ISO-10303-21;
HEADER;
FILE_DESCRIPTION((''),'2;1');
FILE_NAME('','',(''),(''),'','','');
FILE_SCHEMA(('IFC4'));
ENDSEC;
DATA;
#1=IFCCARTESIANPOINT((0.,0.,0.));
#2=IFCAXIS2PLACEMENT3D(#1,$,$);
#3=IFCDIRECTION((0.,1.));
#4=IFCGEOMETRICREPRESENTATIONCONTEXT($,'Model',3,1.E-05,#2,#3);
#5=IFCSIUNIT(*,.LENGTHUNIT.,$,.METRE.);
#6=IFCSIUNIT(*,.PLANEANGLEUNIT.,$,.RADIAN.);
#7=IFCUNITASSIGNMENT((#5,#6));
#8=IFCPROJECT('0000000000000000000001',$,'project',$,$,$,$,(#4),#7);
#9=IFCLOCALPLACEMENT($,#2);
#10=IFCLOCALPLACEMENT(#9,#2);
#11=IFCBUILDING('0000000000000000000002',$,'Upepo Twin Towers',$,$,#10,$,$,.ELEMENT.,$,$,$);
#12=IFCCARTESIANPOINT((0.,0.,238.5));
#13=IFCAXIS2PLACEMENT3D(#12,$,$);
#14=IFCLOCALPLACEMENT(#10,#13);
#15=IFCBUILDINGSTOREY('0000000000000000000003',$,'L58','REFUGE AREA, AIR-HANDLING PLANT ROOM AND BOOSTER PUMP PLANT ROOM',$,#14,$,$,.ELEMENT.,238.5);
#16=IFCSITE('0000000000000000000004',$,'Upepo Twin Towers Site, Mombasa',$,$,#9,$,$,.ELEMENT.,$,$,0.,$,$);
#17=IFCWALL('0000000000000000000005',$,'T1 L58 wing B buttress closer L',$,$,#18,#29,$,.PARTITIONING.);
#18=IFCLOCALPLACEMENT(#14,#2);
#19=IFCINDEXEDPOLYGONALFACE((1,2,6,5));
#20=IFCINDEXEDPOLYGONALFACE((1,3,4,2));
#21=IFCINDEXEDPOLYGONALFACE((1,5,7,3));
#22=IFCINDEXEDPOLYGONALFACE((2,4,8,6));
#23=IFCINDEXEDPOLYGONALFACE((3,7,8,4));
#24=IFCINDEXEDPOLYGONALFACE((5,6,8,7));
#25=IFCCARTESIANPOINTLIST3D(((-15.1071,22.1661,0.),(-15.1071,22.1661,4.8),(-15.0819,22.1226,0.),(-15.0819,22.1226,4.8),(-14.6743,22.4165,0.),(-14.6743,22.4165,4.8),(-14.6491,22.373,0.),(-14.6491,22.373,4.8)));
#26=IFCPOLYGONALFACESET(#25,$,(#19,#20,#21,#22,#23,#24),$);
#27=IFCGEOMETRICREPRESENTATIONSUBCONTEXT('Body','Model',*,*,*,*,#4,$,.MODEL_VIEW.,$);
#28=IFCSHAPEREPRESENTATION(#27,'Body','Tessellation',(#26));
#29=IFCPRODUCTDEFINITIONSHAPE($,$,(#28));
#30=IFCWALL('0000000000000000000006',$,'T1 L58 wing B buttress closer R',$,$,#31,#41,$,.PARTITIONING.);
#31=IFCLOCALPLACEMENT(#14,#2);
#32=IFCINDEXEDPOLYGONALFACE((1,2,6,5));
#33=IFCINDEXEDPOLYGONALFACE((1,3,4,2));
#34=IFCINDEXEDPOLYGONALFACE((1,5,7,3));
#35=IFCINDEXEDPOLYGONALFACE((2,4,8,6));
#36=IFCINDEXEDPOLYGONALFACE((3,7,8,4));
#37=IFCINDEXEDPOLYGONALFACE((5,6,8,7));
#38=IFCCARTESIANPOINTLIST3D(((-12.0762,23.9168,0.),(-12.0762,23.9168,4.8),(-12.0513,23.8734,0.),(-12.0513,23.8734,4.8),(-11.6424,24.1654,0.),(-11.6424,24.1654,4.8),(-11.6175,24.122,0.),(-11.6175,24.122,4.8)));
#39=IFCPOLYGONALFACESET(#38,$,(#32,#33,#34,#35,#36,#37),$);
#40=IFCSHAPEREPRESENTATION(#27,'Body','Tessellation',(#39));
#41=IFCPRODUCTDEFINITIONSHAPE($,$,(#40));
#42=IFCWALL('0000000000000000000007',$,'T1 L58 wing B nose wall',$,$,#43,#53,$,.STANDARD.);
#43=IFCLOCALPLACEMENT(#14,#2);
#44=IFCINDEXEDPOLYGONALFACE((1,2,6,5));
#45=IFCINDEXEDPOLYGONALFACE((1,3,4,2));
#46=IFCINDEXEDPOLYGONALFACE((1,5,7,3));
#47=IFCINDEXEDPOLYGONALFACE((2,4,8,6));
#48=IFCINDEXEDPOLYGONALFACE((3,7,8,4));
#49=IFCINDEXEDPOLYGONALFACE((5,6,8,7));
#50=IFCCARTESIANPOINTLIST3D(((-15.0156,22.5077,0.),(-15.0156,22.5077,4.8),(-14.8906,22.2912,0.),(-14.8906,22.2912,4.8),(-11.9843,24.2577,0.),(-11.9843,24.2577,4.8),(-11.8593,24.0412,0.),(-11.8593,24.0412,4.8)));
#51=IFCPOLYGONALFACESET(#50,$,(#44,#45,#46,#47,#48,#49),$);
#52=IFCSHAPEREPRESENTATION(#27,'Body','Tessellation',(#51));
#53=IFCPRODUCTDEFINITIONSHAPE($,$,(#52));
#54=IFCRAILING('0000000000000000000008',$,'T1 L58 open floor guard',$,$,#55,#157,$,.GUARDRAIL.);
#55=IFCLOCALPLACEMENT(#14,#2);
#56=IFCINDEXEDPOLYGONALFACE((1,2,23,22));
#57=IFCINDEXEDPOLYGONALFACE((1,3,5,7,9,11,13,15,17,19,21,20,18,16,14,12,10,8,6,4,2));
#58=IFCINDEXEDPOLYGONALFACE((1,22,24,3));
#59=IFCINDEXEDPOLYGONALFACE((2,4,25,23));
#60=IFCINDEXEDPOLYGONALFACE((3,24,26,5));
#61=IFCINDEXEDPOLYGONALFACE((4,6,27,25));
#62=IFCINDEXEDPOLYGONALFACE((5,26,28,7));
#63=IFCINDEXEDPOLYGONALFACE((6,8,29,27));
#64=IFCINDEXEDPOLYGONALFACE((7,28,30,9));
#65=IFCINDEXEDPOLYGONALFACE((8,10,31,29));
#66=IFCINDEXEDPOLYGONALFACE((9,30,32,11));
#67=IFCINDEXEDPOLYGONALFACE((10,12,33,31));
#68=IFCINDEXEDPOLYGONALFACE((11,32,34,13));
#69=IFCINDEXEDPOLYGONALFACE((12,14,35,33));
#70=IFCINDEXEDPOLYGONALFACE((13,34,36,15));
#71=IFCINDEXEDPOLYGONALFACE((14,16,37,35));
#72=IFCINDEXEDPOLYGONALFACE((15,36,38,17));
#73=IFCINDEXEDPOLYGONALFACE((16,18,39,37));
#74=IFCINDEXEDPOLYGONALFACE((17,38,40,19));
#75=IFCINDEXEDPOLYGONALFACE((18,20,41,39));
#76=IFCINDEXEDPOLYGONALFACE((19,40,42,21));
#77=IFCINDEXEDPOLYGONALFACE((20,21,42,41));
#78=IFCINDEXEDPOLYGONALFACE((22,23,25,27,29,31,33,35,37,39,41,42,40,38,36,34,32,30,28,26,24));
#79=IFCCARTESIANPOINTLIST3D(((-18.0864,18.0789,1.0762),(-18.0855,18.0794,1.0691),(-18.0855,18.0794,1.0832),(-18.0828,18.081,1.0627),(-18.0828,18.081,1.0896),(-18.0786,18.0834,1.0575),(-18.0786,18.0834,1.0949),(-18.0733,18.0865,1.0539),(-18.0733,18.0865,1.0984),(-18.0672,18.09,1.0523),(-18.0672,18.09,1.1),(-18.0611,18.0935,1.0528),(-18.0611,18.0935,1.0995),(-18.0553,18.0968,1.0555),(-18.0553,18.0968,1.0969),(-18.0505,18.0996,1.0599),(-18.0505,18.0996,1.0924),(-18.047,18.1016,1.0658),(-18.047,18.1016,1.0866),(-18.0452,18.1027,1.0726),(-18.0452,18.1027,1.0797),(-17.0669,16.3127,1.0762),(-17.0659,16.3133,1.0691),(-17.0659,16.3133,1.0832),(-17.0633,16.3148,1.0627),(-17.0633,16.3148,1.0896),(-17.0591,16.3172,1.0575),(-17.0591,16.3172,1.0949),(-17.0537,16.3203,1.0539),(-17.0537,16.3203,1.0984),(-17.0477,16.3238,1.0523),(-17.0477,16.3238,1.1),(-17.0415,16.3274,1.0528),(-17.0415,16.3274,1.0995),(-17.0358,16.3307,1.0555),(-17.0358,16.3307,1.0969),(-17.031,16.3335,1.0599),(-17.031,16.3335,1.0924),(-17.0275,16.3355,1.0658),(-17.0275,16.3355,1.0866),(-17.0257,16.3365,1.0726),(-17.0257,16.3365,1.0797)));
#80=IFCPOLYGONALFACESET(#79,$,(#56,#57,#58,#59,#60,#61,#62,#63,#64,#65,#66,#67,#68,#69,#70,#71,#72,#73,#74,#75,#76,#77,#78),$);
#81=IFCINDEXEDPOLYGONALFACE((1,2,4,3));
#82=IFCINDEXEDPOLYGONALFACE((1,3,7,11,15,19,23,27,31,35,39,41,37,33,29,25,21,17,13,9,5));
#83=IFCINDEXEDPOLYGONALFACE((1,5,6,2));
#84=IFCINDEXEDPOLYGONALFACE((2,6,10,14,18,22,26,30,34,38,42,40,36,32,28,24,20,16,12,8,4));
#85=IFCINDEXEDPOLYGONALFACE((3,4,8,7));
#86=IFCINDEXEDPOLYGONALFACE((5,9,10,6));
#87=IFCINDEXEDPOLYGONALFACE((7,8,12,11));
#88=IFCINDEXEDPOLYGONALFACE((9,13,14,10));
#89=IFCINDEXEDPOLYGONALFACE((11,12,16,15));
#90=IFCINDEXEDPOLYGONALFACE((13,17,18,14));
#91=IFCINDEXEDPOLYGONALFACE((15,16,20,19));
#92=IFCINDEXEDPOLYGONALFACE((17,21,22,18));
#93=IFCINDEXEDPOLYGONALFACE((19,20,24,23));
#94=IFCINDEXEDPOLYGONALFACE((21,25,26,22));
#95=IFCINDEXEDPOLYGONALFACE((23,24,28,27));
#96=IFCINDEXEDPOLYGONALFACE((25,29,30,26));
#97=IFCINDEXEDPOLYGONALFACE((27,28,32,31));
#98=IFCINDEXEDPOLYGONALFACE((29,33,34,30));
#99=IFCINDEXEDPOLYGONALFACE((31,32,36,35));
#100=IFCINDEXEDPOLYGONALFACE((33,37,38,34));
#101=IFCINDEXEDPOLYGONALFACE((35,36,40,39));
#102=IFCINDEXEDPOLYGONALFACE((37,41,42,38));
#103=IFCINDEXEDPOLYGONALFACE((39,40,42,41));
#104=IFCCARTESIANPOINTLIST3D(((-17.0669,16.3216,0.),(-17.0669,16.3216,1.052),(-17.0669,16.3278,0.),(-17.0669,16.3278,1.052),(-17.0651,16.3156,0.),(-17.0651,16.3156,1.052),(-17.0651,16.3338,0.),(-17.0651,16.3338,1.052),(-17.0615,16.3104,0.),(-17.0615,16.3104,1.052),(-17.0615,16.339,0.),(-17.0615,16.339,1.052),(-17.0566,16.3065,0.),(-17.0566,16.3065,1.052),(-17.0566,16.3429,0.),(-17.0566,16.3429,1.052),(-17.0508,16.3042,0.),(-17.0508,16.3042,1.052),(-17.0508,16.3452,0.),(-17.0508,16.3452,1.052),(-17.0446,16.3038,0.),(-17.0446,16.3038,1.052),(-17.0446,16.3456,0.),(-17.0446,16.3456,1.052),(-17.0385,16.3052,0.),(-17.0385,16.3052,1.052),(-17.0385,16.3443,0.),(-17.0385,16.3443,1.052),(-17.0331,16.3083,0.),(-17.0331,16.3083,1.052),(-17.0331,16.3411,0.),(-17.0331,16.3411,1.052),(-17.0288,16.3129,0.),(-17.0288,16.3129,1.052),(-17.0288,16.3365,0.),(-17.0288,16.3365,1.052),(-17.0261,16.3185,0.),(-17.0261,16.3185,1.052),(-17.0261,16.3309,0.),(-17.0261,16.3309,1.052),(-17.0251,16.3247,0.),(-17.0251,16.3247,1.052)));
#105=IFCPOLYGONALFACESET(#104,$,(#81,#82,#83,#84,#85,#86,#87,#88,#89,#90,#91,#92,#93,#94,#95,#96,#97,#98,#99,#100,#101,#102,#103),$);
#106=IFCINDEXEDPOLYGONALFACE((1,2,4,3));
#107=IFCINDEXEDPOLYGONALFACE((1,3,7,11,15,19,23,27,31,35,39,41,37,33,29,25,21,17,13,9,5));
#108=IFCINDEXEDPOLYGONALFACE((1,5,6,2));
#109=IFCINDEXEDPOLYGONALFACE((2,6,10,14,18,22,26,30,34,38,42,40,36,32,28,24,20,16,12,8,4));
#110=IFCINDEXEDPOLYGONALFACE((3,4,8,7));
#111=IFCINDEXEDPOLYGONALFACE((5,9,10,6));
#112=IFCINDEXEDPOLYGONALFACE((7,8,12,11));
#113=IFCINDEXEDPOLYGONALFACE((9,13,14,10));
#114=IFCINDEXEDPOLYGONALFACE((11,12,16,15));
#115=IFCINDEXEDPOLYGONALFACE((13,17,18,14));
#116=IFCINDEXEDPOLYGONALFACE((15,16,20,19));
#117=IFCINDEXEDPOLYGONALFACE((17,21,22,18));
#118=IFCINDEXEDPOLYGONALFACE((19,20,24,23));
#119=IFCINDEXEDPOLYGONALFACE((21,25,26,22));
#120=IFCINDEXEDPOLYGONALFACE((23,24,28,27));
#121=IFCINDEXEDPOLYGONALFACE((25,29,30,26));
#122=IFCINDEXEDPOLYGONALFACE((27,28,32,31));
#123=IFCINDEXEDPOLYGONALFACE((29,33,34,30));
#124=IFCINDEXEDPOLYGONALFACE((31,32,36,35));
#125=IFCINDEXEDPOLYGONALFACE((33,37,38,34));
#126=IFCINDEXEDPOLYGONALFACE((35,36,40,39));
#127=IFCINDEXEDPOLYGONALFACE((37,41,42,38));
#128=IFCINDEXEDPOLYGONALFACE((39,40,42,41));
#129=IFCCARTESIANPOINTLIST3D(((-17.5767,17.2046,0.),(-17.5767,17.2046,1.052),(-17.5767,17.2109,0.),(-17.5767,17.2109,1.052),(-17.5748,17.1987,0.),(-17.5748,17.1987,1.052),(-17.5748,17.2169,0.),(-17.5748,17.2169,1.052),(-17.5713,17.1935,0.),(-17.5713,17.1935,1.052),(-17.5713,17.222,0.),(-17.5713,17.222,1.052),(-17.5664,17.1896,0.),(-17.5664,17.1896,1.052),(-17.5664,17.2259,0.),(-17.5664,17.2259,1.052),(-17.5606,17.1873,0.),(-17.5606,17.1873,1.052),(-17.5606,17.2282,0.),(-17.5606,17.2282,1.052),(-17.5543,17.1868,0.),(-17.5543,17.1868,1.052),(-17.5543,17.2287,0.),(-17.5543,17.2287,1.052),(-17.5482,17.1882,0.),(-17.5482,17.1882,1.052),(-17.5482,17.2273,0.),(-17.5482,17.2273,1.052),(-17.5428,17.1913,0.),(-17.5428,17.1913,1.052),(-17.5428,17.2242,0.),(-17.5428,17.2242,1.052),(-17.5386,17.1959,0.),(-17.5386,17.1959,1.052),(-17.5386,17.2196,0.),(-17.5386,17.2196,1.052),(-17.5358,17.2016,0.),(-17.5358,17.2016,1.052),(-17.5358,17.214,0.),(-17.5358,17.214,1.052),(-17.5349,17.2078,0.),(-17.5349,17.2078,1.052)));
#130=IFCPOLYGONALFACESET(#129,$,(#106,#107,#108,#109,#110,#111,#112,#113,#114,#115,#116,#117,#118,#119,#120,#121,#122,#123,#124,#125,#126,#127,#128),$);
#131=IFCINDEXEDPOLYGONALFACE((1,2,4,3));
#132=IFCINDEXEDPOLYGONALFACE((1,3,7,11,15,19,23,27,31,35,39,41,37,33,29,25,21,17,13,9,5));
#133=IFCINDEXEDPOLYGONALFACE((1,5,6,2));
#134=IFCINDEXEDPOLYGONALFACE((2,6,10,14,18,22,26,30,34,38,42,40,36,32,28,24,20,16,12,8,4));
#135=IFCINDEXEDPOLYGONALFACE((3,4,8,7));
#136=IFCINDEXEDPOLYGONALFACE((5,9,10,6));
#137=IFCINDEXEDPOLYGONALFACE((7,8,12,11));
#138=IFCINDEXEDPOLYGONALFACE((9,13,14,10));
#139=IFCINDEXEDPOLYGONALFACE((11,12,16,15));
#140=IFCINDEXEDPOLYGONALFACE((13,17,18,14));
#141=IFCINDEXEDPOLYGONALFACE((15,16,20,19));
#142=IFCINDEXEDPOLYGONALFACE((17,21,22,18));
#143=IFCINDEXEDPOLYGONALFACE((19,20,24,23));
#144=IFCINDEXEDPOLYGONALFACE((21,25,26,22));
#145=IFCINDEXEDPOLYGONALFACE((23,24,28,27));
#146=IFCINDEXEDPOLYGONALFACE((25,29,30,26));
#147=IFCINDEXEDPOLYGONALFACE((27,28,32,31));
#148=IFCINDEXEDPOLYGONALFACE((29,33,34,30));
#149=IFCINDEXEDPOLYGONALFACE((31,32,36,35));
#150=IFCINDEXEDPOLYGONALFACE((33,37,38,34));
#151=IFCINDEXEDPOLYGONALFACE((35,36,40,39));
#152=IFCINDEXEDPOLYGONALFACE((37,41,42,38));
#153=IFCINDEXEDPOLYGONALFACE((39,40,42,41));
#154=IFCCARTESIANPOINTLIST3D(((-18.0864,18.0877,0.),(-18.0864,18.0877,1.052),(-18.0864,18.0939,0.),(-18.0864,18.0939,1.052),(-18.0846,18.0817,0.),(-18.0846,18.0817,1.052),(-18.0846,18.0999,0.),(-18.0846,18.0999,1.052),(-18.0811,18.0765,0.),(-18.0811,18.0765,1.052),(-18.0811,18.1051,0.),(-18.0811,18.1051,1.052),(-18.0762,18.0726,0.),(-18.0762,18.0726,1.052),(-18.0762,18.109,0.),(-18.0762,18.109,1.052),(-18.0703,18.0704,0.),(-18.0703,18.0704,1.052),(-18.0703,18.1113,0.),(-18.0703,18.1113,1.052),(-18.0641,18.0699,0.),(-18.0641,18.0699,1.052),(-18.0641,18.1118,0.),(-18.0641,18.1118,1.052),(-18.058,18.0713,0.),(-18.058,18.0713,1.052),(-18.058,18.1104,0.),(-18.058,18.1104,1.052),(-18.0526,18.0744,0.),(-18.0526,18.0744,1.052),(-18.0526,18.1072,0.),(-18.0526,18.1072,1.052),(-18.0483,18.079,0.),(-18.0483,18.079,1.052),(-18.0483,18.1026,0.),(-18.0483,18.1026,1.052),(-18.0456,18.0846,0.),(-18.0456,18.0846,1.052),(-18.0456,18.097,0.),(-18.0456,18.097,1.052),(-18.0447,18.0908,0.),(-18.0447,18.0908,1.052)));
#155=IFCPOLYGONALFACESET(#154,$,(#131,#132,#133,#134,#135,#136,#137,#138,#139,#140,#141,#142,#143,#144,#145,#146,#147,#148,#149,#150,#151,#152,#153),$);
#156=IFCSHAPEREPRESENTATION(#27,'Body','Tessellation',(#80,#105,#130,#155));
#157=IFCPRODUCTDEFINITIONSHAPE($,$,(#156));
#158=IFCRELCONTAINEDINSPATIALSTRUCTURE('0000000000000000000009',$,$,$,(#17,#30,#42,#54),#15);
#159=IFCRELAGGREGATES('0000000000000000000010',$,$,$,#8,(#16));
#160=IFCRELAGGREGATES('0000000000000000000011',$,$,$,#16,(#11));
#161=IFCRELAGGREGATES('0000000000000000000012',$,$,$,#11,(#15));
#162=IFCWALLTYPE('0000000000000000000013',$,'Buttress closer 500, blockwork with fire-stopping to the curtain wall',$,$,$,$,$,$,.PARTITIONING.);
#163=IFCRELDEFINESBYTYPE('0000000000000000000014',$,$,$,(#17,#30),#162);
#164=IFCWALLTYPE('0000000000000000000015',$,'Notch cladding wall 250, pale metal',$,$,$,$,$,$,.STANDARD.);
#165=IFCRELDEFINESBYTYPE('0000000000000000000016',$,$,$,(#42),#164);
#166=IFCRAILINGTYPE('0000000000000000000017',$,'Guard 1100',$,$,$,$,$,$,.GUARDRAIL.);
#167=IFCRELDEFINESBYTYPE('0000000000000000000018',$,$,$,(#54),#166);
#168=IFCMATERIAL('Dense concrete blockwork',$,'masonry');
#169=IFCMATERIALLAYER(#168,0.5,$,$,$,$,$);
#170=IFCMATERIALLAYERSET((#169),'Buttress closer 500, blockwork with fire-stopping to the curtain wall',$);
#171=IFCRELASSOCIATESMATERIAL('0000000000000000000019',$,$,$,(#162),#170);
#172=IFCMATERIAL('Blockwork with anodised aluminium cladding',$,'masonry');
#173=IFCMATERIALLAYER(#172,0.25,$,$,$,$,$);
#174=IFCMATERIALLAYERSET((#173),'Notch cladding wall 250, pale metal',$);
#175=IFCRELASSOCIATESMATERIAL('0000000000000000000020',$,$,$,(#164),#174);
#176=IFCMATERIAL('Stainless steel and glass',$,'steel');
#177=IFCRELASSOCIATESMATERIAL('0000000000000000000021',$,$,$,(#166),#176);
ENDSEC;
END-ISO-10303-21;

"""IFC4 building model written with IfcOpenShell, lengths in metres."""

from ifc_helpers import new_model, si_unit, direction, frame, frame_2d, origin, origin_2d, place, context, subcontext, project, spatial, rectangle, circle, extrude, material, layer, layer_set, type_object, element, save


model = new_model("IFC4")

# Units and contexts
model_context = context("Model", 3, precision=1e-05, world=origin(), true_north=direction((0.0, 1.0)))
body_context = subcontext(model_context, "Body", "Model", "MODEL_VIEW")
ifc_project = project(units=[si_unit("LENGTHUNIT", "METRE"), si_unit("PLANEANGLEUNIT", "RADIAN")], contexts=[model_context])

# Site, building, storey
site_placement = place(None, origin())
site = spatial("IfcSite", under=ifc_project, at=site_placement, Name="Upepo Twin Towers Site, Mombasa", CompositionType="ELEMENT", RefElevation=0.0)
building_placement = place(site_placement, origin())
building = spatial("IfcBuilding", under=site, at=building_placement, Name="Upepo Twin Towers", CompositionType="ELEMENT")
storey_placement = place(building_placement, frame((0.0, 0.0, 238.5)))
storey = spatial("IfcBuildingStorey", under=building, at=storey_placement, Name="L58", Description="REFUGE AREA, AIR-HANDLING PLANT ROOM AND BOOSTER PUMP PLANT ROOM", CompositionType="ELEMENT", Elevation=238.5)

# Walls
ifc_material_1 = material(Name="Dense concrete blockwork", Category="masonry")
ifc_layer_1 = layer(ifc_material_1, 0.5)
ifc_layer_set_1 = layer_set([ifc_layer_1], Name="Buttress closer 500, blockwork with fire-stopping to the curtain wall")
wall_type_1 = type_object("IfcWallType", Name="Buttress closer 500, blockwork with fire-stopping to the curtain wall", PredefinedType="PARTITIONING", material=ifc_layer_set_1)
wall_1_placement = place(storey_placement, frame((-14.8655, 22.2478, 0.0), z_axis=(0.0, 0.0, 1.0), x_axis=(-0.500845, 0.865537, 0.0)))
element("IfcWall", 1, at=wall_1_placement, inside=storey, type_object=wall_type_1, Name="T1 L58 wing B buttress closer L", PredefinedType="PARTITIONING", context=body_context, shape_type="SweptSolid", body=[
    extrude(rectangle(XDim=0.0503, YDim=0.5, at=frame_2d((0.0251, 0.0))), origin(), (0.0, 0.0, 1.0), 4.8),
])
wall_2_placement = place(storey_placement, frame((-11.8345, 23.9978, 0.0), z_axis=(0.0, 0.0, 1.0), x_axis=(-0.497188, 0.867643, 0.0)))
element("IfcWall", 2, at=wall_2_placement, inside=storey, type_object=wall_type_1, Name="T1 L58 wing B buttress closer R", PredefinedType="PARTITIONING", context=body_context, shape_type="SweptSolid", body=[
    extrude(rectangle(XDim=0.05, YDim=0.5, at=frame_2d((0.0249, 0.0))), origin(), (0.0, 0.0, 1.0), 4.8),
])
ifc_material_2 = material(Name="Blockwork with anodised aluminium cladding", Category="masonry")
ifc_layer_2 = layer(ifc_material_2, 0.25)
ifc_layer_set_2 = layer_set([ifc_layer_2], Name="Notch cladding wall 250, pale metal")
wall_type_2 = type_object("IfcWallType", Name="Notch cladding wall 250, pale metal", PredefinedType="STANDARD", material=ifc_layer_set_2)
wall_3_placement = place(storey_placement, frame((-11.9219, 24.1494, 0.0), z_axis=(0.0, 0.0, 1.0), x_axis=(-0.866037, -0.49998, 0.0)))
element("IfcWall", 3, at=wall_3_placement, inside=storey, type_object=wall_type_2, Name="T1 L58 wing B nose wall", PredefinedType="STANDARD", context=body_context, shape_type="SweptSolid", body=[
    extrude(rectangle(XDim=3.5002, YDim=0.25, at=frame_2d((1.75, 0.0))), origin(), (0.0, 0.0, 1.0), 4.8),
])

# Railing
ifc_material_3 = material(Name="Stainless steel and glass", Category="steel")
railing_type = type_object("IfcRailingType", Name="Guard 1100", PredefinedType="GUARDRAIL", material=ifc_material_3)
railing_1_placement = place(storey_placement, frame((-17.0461, 16.3247, 0.0)))
element("IfcRailing", 4, at=railing_1_placement, inside=storey, type_object=railing_type, Name="T1 L58 open floor guard", PredefinedType="GUARDRAIL", context=body_context, shape_type="SweptSolid", body=[
    extrude(circle(Radius=0.0239, at=origin_2d()), frame((0.0, 0.0, 1.0762), z_axis=(-0.49995, 0.866054, 0.0), x_axis=(-0.866054, -0.49995, 0.0)), (0.0, 0.0, 1.0), 2.0393),
    extrude(circle(Radius=0.021, at=origin_2d()), origin(), (0.0, 0.0, 1.0), 1.052),
    extrude(circle(Radius=0.021, at=origin_2d()), frame((-0.5098, 0.8831, 0.0)), (0.0, 0.0, 1.0), 1.052),
    extrude(circle(Radius=0.021, at=origin_2d()), frame((-1.0195, 1.7661, 0.0)), (0.0, 0.0, 1.0), 1.052),
])

save(model, "model.ifc")
